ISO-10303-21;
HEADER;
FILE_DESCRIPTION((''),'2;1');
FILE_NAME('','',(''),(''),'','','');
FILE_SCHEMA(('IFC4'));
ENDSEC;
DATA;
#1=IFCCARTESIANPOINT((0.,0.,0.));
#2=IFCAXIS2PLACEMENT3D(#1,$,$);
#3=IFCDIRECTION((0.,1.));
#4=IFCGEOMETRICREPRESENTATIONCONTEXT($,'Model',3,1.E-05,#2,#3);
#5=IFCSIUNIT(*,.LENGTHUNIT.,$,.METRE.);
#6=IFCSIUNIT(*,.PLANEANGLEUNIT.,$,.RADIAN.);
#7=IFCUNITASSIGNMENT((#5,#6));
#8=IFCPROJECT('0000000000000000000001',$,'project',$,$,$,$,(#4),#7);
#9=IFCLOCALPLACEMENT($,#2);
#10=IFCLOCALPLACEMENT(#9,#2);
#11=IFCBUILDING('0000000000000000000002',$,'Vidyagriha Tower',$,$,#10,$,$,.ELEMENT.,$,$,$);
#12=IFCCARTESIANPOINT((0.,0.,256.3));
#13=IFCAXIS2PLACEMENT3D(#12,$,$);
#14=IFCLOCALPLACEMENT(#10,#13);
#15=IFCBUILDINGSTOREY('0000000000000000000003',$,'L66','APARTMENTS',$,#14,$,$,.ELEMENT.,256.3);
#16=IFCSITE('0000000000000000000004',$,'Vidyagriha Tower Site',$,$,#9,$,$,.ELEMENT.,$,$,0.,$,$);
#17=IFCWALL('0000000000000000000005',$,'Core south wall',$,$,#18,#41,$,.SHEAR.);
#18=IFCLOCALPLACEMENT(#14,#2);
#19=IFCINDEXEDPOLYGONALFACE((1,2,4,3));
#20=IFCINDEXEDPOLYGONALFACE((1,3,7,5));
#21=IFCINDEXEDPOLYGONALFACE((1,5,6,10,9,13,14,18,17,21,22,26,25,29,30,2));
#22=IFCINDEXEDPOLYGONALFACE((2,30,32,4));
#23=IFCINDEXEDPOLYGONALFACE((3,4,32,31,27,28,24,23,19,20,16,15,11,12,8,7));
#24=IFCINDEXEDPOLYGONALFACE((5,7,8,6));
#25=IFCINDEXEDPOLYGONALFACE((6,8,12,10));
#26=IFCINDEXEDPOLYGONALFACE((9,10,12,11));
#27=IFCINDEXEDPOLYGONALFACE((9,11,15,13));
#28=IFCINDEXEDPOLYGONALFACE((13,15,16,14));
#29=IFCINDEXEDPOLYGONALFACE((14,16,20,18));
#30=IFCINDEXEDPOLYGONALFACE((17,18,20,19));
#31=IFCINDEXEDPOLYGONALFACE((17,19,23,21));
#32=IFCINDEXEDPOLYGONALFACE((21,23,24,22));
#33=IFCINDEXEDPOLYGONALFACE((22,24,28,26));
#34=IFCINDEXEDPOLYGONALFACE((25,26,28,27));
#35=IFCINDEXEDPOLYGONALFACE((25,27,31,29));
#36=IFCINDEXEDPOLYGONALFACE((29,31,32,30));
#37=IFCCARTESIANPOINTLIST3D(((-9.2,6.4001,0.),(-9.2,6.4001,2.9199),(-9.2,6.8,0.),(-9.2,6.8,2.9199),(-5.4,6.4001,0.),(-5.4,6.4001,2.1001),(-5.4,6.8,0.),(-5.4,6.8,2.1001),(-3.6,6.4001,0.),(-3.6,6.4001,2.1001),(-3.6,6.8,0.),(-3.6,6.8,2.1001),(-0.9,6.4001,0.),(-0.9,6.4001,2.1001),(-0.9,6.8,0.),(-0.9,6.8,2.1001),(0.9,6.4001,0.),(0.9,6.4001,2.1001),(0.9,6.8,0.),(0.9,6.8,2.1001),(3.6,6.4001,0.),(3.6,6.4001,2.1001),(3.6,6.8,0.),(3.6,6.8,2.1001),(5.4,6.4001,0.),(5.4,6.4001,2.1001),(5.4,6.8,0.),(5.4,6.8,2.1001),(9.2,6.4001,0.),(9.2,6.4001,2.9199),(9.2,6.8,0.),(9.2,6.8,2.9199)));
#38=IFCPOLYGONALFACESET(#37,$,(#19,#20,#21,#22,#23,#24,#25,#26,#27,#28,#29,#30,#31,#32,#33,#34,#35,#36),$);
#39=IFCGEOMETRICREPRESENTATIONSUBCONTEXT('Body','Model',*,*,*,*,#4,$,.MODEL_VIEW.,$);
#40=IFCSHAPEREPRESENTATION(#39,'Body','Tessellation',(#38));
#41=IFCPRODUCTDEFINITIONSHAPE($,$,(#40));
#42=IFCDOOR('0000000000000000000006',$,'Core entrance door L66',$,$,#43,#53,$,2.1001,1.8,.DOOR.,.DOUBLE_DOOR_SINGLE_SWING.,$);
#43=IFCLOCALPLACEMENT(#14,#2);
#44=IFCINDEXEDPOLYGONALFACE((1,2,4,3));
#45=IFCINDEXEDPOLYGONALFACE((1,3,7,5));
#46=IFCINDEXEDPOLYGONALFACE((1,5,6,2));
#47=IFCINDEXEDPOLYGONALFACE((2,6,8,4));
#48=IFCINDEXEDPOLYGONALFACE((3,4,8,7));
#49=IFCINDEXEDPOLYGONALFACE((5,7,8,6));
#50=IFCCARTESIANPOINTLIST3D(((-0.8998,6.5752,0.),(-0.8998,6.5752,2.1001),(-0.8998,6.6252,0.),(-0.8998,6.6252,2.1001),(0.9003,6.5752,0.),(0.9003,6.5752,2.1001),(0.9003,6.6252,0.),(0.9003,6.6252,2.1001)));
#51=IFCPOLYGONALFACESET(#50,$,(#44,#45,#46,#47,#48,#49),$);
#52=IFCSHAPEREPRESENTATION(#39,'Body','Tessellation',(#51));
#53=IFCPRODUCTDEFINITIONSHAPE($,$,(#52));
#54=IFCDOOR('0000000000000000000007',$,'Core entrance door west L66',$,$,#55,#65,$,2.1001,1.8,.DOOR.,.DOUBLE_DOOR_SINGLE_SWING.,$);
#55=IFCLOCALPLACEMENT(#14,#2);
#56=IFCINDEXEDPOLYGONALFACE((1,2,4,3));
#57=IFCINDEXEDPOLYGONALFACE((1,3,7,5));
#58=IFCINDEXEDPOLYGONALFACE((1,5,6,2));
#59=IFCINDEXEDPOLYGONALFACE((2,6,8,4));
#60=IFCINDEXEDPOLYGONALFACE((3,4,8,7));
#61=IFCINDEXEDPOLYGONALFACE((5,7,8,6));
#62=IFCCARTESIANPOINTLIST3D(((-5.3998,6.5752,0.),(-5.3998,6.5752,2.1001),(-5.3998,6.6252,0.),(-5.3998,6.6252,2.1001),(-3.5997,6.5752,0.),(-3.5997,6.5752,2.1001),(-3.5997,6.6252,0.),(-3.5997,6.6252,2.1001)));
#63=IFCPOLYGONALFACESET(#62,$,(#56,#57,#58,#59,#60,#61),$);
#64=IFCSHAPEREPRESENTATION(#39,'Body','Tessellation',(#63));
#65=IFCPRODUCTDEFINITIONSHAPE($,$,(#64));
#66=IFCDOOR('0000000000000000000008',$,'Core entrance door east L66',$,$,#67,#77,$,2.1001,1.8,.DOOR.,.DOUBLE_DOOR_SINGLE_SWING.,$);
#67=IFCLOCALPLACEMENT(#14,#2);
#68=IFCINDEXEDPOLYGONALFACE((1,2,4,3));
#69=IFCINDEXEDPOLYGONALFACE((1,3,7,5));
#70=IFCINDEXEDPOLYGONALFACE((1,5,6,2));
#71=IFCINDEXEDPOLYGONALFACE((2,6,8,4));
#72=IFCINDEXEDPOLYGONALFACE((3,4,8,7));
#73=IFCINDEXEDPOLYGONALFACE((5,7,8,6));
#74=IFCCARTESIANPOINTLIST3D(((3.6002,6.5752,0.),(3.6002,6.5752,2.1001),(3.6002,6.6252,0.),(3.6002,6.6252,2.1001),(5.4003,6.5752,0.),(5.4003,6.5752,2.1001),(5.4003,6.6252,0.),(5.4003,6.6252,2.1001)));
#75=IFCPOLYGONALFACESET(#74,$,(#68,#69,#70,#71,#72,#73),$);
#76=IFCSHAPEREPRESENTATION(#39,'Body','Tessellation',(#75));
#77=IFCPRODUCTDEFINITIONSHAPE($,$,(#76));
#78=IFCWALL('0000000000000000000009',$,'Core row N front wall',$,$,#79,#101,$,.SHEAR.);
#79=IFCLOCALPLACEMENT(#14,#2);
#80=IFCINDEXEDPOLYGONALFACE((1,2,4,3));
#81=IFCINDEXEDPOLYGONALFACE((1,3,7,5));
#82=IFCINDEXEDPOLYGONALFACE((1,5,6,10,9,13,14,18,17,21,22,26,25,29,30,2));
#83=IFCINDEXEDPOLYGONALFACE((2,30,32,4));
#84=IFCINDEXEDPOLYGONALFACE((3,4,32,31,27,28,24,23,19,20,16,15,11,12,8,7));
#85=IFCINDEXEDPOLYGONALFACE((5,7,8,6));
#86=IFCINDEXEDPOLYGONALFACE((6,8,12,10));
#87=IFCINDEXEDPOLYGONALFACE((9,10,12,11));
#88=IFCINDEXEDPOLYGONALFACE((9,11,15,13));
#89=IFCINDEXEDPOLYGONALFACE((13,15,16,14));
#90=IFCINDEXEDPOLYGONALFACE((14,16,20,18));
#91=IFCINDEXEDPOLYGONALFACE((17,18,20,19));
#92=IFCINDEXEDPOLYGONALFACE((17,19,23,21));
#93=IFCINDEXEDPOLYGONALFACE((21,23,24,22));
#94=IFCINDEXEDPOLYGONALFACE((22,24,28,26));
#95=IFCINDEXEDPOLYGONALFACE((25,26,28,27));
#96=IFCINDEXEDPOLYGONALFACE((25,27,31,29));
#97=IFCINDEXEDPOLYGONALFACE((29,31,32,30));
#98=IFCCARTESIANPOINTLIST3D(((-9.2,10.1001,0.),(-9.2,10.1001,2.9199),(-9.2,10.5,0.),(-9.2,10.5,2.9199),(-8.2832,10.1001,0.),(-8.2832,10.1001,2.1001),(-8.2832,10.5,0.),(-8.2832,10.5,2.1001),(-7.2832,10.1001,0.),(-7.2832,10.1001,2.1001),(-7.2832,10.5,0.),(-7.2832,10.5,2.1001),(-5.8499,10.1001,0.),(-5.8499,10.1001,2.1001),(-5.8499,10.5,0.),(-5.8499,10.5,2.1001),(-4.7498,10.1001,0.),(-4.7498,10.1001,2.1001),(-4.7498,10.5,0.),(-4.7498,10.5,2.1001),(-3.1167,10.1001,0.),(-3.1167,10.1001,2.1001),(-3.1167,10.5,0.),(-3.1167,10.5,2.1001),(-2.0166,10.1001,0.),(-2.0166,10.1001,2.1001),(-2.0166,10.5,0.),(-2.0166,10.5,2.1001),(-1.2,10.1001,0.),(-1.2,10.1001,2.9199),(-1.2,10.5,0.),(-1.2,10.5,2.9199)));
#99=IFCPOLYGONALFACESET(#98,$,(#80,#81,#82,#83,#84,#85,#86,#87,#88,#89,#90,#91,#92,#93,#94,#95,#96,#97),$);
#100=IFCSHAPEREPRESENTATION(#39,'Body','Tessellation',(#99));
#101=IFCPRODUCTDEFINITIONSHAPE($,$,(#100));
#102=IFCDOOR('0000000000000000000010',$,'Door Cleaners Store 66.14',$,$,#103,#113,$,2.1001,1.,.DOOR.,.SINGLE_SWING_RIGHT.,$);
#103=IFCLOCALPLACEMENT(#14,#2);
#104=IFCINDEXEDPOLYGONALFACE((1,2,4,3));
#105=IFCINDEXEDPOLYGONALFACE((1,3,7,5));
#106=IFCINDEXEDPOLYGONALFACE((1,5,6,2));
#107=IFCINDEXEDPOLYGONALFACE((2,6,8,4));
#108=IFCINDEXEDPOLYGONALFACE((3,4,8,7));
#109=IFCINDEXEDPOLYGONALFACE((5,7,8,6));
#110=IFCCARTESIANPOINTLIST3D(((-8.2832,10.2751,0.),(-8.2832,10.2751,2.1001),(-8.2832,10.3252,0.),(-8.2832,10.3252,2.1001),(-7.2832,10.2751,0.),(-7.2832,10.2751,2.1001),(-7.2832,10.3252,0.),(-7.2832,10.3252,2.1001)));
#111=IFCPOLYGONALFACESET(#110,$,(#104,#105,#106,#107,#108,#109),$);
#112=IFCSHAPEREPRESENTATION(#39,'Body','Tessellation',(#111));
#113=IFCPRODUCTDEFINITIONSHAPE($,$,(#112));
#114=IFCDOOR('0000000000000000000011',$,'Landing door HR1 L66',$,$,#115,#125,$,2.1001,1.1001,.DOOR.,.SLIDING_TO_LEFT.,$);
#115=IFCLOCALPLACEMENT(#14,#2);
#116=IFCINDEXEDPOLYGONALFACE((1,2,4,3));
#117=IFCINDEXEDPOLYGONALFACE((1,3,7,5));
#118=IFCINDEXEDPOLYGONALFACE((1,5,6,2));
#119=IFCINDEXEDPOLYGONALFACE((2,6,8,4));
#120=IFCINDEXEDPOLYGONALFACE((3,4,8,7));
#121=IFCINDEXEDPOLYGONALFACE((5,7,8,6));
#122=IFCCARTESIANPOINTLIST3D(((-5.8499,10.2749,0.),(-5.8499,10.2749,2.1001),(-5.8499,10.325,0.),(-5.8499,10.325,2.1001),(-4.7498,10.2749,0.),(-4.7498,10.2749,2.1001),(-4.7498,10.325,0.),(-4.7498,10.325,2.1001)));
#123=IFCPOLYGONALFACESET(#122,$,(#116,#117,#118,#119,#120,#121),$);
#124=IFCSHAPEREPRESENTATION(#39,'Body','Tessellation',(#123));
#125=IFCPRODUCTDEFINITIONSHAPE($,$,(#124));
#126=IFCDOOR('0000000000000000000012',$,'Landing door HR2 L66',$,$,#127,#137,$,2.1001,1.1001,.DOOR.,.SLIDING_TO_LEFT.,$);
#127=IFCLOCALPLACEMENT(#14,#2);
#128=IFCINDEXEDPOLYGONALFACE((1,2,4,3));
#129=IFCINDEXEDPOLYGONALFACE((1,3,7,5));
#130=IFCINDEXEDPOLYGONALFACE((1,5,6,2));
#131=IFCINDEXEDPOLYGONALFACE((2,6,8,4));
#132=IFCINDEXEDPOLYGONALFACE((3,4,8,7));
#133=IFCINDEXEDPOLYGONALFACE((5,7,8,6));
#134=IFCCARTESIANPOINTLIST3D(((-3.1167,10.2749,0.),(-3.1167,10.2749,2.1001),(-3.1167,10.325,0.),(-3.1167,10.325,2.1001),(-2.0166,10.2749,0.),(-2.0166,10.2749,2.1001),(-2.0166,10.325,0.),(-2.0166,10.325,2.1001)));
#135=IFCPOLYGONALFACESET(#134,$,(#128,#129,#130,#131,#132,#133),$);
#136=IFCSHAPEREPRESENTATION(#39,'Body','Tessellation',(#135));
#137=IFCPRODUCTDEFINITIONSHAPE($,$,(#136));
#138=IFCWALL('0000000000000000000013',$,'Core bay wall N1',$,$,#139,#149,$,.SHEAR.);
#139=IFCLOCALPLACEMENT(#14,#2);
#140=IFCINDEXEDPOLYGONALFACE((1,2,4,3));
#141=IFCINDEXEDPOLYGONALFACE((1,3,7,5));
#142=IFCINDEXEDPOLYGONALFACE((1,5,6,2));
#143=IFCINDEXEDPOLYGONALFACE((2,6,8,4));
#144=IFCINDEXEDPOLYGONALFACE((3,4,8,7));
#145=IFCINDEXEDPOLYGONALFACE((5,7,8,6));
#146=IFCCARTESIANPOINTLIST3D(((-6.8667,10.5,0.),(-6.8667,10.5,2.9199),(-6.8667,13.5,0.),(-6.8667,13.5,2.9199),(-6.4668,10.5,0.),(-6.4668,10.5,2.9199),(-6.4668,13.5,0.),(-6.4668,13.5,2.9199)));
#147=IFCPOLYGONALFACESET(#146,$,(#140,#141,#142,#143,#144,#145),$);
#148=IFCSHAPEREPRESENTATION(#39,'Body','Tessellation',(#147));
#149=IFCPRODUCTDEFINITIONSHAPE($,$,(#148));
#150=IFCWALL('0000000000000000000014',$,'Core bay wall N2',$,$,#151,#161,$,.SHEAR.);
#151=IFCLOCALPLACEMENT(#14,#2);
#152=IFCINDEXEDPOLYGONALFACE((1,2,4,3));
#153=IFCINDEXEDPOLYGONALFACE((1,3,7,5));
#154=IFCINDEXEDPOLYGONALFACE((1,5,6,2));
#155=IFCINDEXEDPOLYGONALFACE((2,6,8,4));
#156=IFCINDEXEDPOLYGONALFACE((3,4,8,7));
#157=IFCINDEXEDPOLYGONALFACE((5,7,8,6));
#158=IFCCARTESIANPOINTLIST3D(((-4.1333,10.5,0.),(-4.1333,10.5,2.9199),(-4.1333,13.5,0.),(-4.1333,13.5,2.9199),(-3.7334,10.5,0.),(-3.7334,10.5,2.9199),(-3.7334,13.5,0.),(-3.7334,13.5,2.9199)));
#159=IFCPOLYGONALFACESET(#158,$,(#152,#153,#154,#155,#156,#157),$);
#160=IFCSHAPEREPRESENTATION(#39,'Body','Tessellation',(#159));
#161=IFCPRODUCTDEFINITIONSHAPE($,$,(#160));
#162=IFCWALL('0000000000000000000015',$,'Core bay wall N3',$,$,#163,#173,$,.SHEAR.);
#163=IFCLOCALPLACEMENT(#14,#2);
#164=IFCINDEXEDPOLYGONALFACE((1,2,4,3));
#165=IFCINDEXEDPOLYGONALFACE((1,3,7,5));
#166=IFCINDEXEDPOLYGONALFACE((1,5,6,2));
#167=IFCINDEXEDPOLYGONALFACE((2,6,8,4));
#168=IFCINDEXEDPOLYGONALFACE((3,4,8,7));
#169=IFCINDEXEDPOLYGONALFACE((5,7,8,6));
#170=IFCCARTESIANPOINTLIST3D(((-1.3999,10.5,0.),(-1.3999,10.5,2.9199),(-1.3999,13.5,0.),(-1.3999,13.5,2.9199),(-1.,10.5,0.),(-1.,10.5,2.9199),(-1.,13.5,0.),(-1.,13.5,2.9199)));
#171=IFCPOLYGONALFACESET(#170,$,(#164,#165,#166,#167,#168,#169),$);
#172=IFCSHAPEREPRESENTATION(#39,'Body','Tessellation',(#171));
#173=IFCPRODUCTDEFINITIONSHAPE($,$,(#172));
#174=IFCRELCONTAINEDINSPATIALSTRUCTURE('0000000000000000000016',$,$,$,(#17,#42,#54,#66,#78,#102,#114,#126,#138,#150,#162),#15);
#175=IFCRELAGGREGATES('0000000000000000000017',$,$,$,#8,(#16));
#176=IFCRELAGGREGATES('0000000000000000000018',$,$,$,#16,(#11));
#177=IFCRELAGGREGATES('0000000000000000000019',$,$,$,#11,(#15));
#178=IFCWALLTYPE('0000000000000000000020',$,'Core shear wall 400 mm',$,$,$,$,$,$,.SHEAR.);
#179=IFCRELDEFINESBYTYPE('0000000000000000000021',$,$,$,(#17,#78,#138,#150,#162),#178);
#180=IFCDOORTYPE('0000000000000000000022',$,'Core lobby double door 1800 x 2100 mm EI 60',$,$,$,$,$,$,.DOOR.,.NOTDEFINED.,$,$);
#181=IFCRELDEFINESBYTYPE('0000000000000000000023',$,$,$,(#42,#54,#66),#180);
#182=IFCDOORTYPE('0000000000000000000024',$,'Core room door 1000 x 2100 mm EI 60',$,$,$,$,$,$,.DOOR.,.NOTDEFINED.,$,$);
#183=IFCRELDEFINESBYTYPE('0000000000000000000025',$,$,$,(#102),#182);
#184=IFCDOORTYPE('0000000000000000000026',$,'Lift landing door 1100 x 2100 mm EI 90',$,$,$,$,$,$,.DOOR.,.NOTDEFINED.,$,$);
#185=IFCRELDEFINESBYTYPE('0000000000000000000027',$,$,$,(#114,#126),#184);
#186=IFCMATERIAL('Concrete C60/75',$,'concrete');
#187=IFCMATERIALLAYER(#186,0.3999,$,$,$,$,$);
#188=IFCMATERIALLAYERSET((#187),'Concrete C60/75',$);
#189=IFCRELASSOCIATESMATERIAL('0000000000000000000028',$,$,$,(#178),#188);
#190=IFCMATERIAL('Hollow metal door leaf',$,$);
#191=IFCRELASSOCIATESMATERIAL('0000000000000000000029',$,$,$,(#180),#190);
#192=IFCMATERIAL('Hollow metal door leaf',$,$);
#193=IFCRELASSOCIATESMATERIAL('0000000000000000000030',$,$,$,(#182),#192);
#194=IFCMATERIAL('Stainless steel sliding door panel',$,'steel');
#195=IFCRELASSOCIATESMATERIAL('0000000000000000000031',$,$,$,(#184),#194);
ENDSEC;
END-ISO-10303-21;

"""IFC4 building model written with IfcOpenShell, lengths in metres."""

from ifc_helpers import new_model, si_unit, direction, frame, frame_2d, origin, place, context, subcontext, project, spatial, rectangle, extrude, material, layer, layer_set, type_object, element, fill, save


model = new_model("IFC4")

# Units and contexts
model_context = context("Model", 3, precision=1e-05, world=origin(), true_north=direction((0.0, 1.0)))
body_context = subcontext(model_context, "Body", "Model", "MODEL_VIEW")
ifc_project = project(units=[si_unit("LENGTHUNIT", "METRE"), si_unit("PLANEANGLEUNIT", "RADIAN")], contexts=[model_context])

# Site, building, storey
site_placement = place(None, origin())
site = spatial("IfcSite", under=ifc_project, at=site_placement, Name="Vidyagriha Tower Site", CompositionType="ELEMENT", RefElevation=0.0)
building_placement = place(site_placement, origin())
building = spatial("IfcBuilding", under=site, at=building_placement, Name="Vidyagriha Tower", CompositionType="ELEMENT")
storey_placement = place(building_placement, frame((0.0, 0.0, 256.3)))
storey = spatial("IfcBuildingStorey", under=building, at=storey_placement, Name="L66", Description="APARTMENTS", CompositionType="ELEMENT", Elevation=256.3)

# Walls, openings, doors
ifc_material_1 = material(Name="Concrete C60/75", Category="concrete")
ifc_layer_1 = layer(ifc_material_1, 0.3999)
ifc_layer_set_1 = layer_set([ifc_layer_1], Name="Concrete C60/75")
wall_type_1 = type_object("IfcWallType", Name="Core shear wall 400 mm", PredefinedType="SHEAR", material=ifc_layer_set_1)
wall_1_placement = place(storey_placement, frame((-9.2, 6.6001, 0.0)))
wall_1 = element("IfcWall", 1, at=wall_1_placement, inside=storey, type_object=wall_type_1, Name="Core south wall", PredefinedType="SHEAR", context=body_context, shape_type="SweptSolid", body=[
    extrude(rectangle(XDim=18.3999, YDim=0.3999, at=frame_2d((9.2, 0.0))), origin(), (0.0, 0.0, 1.0), 2.9199),
])
opening_1_placement = place(wall_1_placement, frame((8.3, 0.0, 0.0)))
opening_1 = element("IfcOpeningElement", 2, at=opening_1_placement, cuts=wall_1, PredefinedType="OPENING", context=body_context, shape_type="SweptSolid", body=[
    extrude(rectangle(XDim=1.8, YDim=2.1001, at=frame_2d((0.8999, 1.05))), frame((0.0, 0.21, 0.0), z_axis=(0.0, -1.0, 0.0), x_axis=(1.0, 0.0, 0.0)), (0.0, 0.0, 1.0), 0.4199),
])
opening_2_placement = place(wall_1_placement, frame((3.8, 0.0, 0.0)))
opening_2 = element("IfcOpeningElement", 3, at=opening_2_placement, cuts=wall_1, PredefinedType="OPENING", context=body_context, shape_type="SweptSolid", body=[
    extrude(rectangle(XDim=1.8, YDim=2.1001, at=frame_2d((0.8999, 1.05))), frame((0.0, 0.21, 0.0), z_axis=(0.0, -1.0, 0.0), x_axis=(1.0, 0.0, 0.0)), (0.0, 0.0, 1.0), 0.4199),
])
opening_3_placement = place(wall_1_placement, frame((12.8, 0.0, 0.0)))
opening_3 = element("IfcOpeningElement", 4, at=opening_3_placement, cuts=wall_1, PredefinedType="OPENING", context=body_context, shape_type="SweptSolid", body=[
    extrude(rectangle(XDim=1.8, YDim=2.1001, at=frame_2d((0.8999, 1.05))), frame((0.0, 0.21, 0.0), z_axis=(0.0, -1.0, 0.0), x_axis=(1.0, 0.0, 0.0)), (0.0, 0.0, 1.0), 0.4199),
])
ifc_material_2 = material(Name="Hollow metal door leaf")
door_type_1 = type_object("IfcDoorType", Name="Core lobby double door 1800 x 2100 mm EI 60", OperationType="NOTDEFINED", PredefinedType="DOOR", material=ifc_material_2)
door_1_placement = place(opening_1_placement, frame((1.8, 0.0, 0.0), z_axis=(0.0, 0.0, 1.0), x_axis=(-1.0, 0.0, 0.0)))
door_1 = element("IfcDoor", 5, at=door_1_placement, inside=storey, type_object=door_type_1, Name="Core entrance door L66", OperationType="DOUBLE_DOOR_SINGLE_SWING", OverallHeight=2.1001, OverallWidth=1.8, PredefinedType="DOOR", context=body_context, shape_type="SweptSolid", body=[
    extrude(rectangle(XDim=1.8, YDim=2.1001, at=frame_2d((0.8999, 1.05))), frame((0.0, 0.0249, 0.0), z_axis=(0.0, -1.0, 0.0), x_axis=(1.0, 0.0, 0.0)), (0.0, 0.0, 1.0), 0.05),
])
fill(opening_1, door_1)
door_2_placement = place(opening_2_placement, frame((1.8, 0.0, 0.0), z_axis=(0.0, 0.0, 1.0), x_axis=(-1.0, 0.0, 0.0)))
door_2 = element("IfcDoor", 6, at=door_2_placement, inside=storey, type_object=door_type_1, Name="Core entrance door west L66", OperationType="DOUBLE_DOOR_SINGLE_SWING", OverallHeight=2.1001, OverallWidth=1.8, PredefinedType="DOOR", context=body_context, shape_type="SweptSolid", body=[
    extrude(rectangle(XDim=1.8, YDim=2.1001, at=frame_2d((0.8999, 1.05))), frame((0.0, 0.0249, 0.0), z_axis=(0.0, -1.0, 0.0), x_axis=(1.0, 0.0, 0.0)), (0.0, 0.0, 1.0), 0.05),
])
fill(opening_2, door_2)
door_3_placement = place(opening_3_placement, frame((1.8, 0.0, 0.0), z_axis=(0.0, 0.0, 1.0), x_axis=(-1.0, 0.0, 0.0)))
door_3 = element("IfcDoor", 7, at=door_3_placement, inside=storey, type_object=door_type_1, Name="Core entrance door east L66", OperationType="DOUBLE_DOOR_SINGLE_SWING", OverallHeight=2.1001, OverallWidth=1.8, PredefinedType="DOOR", context=body_context, shape_type="SweptSolid", body=[
    extrude(rectangle(XDim=1.8, YDim=2.1001, at=frame_2d((0.8999, 1.05))), frame((0.0, 0.0249, 0.0), z_axis=(0.0, -1.0, 0.0), x_axis=(1.0, 0.0, 0.0)), (0.0, 0.0, 1.0), 0.05),
])
fill(opening_3, door_3)
wall_2_placement = place(storey_placement, frame((-9.2, 10.3, 0.0)))
wall_2 = element("IfcWall", 8, at=wall_2_placement, inside=storey, type_object=wall_type_1, Name="Core row N front wall", PredefinedType="SHEAR", context=body_context, shape_type="SweptSolid", body=[
    extrude(rectangle(XDim=8.0, YDim=0.3999, at=frame_2d((4.0, 0.0))), origin(), (0.0, 0.0, 1.0), 2.9199),
])
opening_4_placement = place(wall_2_placement, frame((3.3501, 0.0, 0.0)))
opening_4 = element("IfcOpeningElement", 9, at=opening_4_placement, cuts=wall_2, PredefinedType="OPENING", context=body_context, shape_type="SweptSolid", body=[
    extrude(rectangle(XDim=1.1001, YDim=2.1001, at=frame_2d((0.55, 1.05))), frame((0.0, 0.21, 0.0), z_axis=(0.0, -1.0, 0.0), x_axis=(1.0, 0.0, 0.0)), (0.0, 0.0, 1.0), 0.4199),
])
opening_5_placement = place(wall_2_placement, frame((6.0833, 0.0, 0.0)))
opening_5 = element("IfcOpeningElement", 10, at=opening_5_placement, cuts=wall_2, PredefinedType="OPENING", context=body_context, shape_type="SweptSolid", body=[
    extrude(rectangle(XDim=1.1001, YDim=2.1001, at=frame_2d((0.55, 1.05))), frame((0.0, 0.21, 0.0), z_axis=(0.0, -1.0, 0.0), x_axis=(1.0, 0.0, 0.0)), (0.0, 0.0, 1.0), 0.4199),
])
opening_6_placement = place(wall_2_placement, frame((0.9167, 0.0, 0.0)))
opening_6 = element("IfcOpeningElement", 11, at=opening_6_placement, cuts=wall_2, PredefinedType="OPENING", context=body_context, shape_type="SweptSolid", body=[
    extrude(rectangle(XDim=1.0, YDim=2.1001, at=frame_2d((0.5, 1.05))), frame((0.0, 0.21, 0.0), z_axis=(0.0, -1.0, 0.0), x_axis=(1.0, 0.0, 0.0)), (0.0, 0.0, 1.0), 0.4199),
])
ifc_material_3 = material(Name="Hollow metal door leaf")
door_type_2 = type_object("IfcDoorType", Name="Core room door 1000 x 2100 mm EI 60", OperationType="NOTDEFINED", PredefinedType="DOOR", material=ifc_material_3)
door_4_placement = place(opening_6_placement, frame((1.0, 0.0, 0.0), z_axis=(0.0, 0.0, 1.0), x_axis=(-1.0, 0.0, 0.0)))
door_4 = element("IfcDoor", 12, at=door_4_placement, inside=storey, type_object=door_type_2, Name="Door Cleaners Store 66.14", OperationType="SINGLE_SWING_RIGHT", OverallHeight=2.1001, OverallWidth=1.0, PredefinedType="DOOR", context=body_context, shape_type="SweptSolid", body=[
    extrude(rectangle(XDim=1.0, YDim=2.1001, at=frame_2d((0.5, 1.05))), frame((0.0, 0.0249, 0.0), z_axis=(0.0, -1.0, 0.0), x_axis=(1.0, 0.0, 0.0)), (0.0, 0.0, 1.0), 0.05),
])
fill(opening_6, door_4)
ifc_material_4 = material(Name="Stainless steel sliding door panel", Category="steel")
door_type_3 = type_object("IfcDoorType", Name="Lift landing door 1100 x 2100 mm EI 90", OperationType="NOTDEFINED", PredefinedType="DOOR", material=ifc_material_4)
door_5_placement = place(opening_4_placement, origin())
door_5 = element("IfcDoor", 13, at=door_5_placement, inside=storey, type_object=door_type_3, Name="Landing door HR1 L66", OperationType="SLIDING_TO_LEFT", OverallHeight=2.1001, OverallWidth=1.1001, PredefinedType="DOOR", context=body_context, shape_type="SweptSolid", body=[
    extrude(rectangle(XDim=1.1001, YDim=2.1001, at=frame_2d((0.55, 1.05))), frame((0.0, 0.0249, 0.0), z_axis=(0.0, -1.0, 0.0), x_axis=(1.0, 0.0, 0.0)), (0.0, 0.0, 1.0), 0.05),
])
fill(opening_4, door_5)
door_6_placement = place(opening_5_placement, origin())
door_6 = element("IfcDoor", 14, at=door_6_placement, inside=storey, type_object=door_type_3, Name="Landing door HR2 L66", OperationType="SLIDING_TO_LEFT", OverallHeight=2.1001, OverallWidth=1.1001, PredefinedType="DOOR", context=body_context, shape_type="SweptSolid", body=[
    extrude(rectangle(XDim=1.1001, YDim=2.1001, at=frame_2d((0.55, 1.05))), frame((0.0, 0.0249, 0.0), z_axis=(0.0, -1.0, 0.0), x_axis=(1.0, 0.0, 0.0)), (0.0, 0.0, 1.0), 0.05),
])
fill(opening_5, door_6)

# Walls
for number, where, z_axis, x_axis, name in (
    (15, (-6.6667, 10.5, 0.0), (0.0, 0.0, 1.0), (0.0, 1.0, 0.0), "Core bay wall N1"),
    (16, (-3.9333, 10.5, 0.0), (0.0, 0.0, 1.0), (0.0, 1.0, 0.0), "Core bay wall N2"),
    (17, (-1.2, 10.5, 0.0), (0.0, 0.0, 1.0), (0.0, 1.0, 0.0), "Core bay wall N3"),
):
    element("IfcWall", number, at=place(storey_placement, frame(where, z_axis=z_axis, x_axis=x_axis)), inside=storey, type_object=wall_type_1, Name=name, PredefinedType="SHEAR", context=body_context, shape_type="SweptSolid", body=[
        extrude(rectangle(XDim=3.0, YDim=0.3999, at=frame_2d((1.5, 0.0))), origin(), (0.0, 0.0, 1.0), 2.9199),
    ])

save(model, "model.ifc")
